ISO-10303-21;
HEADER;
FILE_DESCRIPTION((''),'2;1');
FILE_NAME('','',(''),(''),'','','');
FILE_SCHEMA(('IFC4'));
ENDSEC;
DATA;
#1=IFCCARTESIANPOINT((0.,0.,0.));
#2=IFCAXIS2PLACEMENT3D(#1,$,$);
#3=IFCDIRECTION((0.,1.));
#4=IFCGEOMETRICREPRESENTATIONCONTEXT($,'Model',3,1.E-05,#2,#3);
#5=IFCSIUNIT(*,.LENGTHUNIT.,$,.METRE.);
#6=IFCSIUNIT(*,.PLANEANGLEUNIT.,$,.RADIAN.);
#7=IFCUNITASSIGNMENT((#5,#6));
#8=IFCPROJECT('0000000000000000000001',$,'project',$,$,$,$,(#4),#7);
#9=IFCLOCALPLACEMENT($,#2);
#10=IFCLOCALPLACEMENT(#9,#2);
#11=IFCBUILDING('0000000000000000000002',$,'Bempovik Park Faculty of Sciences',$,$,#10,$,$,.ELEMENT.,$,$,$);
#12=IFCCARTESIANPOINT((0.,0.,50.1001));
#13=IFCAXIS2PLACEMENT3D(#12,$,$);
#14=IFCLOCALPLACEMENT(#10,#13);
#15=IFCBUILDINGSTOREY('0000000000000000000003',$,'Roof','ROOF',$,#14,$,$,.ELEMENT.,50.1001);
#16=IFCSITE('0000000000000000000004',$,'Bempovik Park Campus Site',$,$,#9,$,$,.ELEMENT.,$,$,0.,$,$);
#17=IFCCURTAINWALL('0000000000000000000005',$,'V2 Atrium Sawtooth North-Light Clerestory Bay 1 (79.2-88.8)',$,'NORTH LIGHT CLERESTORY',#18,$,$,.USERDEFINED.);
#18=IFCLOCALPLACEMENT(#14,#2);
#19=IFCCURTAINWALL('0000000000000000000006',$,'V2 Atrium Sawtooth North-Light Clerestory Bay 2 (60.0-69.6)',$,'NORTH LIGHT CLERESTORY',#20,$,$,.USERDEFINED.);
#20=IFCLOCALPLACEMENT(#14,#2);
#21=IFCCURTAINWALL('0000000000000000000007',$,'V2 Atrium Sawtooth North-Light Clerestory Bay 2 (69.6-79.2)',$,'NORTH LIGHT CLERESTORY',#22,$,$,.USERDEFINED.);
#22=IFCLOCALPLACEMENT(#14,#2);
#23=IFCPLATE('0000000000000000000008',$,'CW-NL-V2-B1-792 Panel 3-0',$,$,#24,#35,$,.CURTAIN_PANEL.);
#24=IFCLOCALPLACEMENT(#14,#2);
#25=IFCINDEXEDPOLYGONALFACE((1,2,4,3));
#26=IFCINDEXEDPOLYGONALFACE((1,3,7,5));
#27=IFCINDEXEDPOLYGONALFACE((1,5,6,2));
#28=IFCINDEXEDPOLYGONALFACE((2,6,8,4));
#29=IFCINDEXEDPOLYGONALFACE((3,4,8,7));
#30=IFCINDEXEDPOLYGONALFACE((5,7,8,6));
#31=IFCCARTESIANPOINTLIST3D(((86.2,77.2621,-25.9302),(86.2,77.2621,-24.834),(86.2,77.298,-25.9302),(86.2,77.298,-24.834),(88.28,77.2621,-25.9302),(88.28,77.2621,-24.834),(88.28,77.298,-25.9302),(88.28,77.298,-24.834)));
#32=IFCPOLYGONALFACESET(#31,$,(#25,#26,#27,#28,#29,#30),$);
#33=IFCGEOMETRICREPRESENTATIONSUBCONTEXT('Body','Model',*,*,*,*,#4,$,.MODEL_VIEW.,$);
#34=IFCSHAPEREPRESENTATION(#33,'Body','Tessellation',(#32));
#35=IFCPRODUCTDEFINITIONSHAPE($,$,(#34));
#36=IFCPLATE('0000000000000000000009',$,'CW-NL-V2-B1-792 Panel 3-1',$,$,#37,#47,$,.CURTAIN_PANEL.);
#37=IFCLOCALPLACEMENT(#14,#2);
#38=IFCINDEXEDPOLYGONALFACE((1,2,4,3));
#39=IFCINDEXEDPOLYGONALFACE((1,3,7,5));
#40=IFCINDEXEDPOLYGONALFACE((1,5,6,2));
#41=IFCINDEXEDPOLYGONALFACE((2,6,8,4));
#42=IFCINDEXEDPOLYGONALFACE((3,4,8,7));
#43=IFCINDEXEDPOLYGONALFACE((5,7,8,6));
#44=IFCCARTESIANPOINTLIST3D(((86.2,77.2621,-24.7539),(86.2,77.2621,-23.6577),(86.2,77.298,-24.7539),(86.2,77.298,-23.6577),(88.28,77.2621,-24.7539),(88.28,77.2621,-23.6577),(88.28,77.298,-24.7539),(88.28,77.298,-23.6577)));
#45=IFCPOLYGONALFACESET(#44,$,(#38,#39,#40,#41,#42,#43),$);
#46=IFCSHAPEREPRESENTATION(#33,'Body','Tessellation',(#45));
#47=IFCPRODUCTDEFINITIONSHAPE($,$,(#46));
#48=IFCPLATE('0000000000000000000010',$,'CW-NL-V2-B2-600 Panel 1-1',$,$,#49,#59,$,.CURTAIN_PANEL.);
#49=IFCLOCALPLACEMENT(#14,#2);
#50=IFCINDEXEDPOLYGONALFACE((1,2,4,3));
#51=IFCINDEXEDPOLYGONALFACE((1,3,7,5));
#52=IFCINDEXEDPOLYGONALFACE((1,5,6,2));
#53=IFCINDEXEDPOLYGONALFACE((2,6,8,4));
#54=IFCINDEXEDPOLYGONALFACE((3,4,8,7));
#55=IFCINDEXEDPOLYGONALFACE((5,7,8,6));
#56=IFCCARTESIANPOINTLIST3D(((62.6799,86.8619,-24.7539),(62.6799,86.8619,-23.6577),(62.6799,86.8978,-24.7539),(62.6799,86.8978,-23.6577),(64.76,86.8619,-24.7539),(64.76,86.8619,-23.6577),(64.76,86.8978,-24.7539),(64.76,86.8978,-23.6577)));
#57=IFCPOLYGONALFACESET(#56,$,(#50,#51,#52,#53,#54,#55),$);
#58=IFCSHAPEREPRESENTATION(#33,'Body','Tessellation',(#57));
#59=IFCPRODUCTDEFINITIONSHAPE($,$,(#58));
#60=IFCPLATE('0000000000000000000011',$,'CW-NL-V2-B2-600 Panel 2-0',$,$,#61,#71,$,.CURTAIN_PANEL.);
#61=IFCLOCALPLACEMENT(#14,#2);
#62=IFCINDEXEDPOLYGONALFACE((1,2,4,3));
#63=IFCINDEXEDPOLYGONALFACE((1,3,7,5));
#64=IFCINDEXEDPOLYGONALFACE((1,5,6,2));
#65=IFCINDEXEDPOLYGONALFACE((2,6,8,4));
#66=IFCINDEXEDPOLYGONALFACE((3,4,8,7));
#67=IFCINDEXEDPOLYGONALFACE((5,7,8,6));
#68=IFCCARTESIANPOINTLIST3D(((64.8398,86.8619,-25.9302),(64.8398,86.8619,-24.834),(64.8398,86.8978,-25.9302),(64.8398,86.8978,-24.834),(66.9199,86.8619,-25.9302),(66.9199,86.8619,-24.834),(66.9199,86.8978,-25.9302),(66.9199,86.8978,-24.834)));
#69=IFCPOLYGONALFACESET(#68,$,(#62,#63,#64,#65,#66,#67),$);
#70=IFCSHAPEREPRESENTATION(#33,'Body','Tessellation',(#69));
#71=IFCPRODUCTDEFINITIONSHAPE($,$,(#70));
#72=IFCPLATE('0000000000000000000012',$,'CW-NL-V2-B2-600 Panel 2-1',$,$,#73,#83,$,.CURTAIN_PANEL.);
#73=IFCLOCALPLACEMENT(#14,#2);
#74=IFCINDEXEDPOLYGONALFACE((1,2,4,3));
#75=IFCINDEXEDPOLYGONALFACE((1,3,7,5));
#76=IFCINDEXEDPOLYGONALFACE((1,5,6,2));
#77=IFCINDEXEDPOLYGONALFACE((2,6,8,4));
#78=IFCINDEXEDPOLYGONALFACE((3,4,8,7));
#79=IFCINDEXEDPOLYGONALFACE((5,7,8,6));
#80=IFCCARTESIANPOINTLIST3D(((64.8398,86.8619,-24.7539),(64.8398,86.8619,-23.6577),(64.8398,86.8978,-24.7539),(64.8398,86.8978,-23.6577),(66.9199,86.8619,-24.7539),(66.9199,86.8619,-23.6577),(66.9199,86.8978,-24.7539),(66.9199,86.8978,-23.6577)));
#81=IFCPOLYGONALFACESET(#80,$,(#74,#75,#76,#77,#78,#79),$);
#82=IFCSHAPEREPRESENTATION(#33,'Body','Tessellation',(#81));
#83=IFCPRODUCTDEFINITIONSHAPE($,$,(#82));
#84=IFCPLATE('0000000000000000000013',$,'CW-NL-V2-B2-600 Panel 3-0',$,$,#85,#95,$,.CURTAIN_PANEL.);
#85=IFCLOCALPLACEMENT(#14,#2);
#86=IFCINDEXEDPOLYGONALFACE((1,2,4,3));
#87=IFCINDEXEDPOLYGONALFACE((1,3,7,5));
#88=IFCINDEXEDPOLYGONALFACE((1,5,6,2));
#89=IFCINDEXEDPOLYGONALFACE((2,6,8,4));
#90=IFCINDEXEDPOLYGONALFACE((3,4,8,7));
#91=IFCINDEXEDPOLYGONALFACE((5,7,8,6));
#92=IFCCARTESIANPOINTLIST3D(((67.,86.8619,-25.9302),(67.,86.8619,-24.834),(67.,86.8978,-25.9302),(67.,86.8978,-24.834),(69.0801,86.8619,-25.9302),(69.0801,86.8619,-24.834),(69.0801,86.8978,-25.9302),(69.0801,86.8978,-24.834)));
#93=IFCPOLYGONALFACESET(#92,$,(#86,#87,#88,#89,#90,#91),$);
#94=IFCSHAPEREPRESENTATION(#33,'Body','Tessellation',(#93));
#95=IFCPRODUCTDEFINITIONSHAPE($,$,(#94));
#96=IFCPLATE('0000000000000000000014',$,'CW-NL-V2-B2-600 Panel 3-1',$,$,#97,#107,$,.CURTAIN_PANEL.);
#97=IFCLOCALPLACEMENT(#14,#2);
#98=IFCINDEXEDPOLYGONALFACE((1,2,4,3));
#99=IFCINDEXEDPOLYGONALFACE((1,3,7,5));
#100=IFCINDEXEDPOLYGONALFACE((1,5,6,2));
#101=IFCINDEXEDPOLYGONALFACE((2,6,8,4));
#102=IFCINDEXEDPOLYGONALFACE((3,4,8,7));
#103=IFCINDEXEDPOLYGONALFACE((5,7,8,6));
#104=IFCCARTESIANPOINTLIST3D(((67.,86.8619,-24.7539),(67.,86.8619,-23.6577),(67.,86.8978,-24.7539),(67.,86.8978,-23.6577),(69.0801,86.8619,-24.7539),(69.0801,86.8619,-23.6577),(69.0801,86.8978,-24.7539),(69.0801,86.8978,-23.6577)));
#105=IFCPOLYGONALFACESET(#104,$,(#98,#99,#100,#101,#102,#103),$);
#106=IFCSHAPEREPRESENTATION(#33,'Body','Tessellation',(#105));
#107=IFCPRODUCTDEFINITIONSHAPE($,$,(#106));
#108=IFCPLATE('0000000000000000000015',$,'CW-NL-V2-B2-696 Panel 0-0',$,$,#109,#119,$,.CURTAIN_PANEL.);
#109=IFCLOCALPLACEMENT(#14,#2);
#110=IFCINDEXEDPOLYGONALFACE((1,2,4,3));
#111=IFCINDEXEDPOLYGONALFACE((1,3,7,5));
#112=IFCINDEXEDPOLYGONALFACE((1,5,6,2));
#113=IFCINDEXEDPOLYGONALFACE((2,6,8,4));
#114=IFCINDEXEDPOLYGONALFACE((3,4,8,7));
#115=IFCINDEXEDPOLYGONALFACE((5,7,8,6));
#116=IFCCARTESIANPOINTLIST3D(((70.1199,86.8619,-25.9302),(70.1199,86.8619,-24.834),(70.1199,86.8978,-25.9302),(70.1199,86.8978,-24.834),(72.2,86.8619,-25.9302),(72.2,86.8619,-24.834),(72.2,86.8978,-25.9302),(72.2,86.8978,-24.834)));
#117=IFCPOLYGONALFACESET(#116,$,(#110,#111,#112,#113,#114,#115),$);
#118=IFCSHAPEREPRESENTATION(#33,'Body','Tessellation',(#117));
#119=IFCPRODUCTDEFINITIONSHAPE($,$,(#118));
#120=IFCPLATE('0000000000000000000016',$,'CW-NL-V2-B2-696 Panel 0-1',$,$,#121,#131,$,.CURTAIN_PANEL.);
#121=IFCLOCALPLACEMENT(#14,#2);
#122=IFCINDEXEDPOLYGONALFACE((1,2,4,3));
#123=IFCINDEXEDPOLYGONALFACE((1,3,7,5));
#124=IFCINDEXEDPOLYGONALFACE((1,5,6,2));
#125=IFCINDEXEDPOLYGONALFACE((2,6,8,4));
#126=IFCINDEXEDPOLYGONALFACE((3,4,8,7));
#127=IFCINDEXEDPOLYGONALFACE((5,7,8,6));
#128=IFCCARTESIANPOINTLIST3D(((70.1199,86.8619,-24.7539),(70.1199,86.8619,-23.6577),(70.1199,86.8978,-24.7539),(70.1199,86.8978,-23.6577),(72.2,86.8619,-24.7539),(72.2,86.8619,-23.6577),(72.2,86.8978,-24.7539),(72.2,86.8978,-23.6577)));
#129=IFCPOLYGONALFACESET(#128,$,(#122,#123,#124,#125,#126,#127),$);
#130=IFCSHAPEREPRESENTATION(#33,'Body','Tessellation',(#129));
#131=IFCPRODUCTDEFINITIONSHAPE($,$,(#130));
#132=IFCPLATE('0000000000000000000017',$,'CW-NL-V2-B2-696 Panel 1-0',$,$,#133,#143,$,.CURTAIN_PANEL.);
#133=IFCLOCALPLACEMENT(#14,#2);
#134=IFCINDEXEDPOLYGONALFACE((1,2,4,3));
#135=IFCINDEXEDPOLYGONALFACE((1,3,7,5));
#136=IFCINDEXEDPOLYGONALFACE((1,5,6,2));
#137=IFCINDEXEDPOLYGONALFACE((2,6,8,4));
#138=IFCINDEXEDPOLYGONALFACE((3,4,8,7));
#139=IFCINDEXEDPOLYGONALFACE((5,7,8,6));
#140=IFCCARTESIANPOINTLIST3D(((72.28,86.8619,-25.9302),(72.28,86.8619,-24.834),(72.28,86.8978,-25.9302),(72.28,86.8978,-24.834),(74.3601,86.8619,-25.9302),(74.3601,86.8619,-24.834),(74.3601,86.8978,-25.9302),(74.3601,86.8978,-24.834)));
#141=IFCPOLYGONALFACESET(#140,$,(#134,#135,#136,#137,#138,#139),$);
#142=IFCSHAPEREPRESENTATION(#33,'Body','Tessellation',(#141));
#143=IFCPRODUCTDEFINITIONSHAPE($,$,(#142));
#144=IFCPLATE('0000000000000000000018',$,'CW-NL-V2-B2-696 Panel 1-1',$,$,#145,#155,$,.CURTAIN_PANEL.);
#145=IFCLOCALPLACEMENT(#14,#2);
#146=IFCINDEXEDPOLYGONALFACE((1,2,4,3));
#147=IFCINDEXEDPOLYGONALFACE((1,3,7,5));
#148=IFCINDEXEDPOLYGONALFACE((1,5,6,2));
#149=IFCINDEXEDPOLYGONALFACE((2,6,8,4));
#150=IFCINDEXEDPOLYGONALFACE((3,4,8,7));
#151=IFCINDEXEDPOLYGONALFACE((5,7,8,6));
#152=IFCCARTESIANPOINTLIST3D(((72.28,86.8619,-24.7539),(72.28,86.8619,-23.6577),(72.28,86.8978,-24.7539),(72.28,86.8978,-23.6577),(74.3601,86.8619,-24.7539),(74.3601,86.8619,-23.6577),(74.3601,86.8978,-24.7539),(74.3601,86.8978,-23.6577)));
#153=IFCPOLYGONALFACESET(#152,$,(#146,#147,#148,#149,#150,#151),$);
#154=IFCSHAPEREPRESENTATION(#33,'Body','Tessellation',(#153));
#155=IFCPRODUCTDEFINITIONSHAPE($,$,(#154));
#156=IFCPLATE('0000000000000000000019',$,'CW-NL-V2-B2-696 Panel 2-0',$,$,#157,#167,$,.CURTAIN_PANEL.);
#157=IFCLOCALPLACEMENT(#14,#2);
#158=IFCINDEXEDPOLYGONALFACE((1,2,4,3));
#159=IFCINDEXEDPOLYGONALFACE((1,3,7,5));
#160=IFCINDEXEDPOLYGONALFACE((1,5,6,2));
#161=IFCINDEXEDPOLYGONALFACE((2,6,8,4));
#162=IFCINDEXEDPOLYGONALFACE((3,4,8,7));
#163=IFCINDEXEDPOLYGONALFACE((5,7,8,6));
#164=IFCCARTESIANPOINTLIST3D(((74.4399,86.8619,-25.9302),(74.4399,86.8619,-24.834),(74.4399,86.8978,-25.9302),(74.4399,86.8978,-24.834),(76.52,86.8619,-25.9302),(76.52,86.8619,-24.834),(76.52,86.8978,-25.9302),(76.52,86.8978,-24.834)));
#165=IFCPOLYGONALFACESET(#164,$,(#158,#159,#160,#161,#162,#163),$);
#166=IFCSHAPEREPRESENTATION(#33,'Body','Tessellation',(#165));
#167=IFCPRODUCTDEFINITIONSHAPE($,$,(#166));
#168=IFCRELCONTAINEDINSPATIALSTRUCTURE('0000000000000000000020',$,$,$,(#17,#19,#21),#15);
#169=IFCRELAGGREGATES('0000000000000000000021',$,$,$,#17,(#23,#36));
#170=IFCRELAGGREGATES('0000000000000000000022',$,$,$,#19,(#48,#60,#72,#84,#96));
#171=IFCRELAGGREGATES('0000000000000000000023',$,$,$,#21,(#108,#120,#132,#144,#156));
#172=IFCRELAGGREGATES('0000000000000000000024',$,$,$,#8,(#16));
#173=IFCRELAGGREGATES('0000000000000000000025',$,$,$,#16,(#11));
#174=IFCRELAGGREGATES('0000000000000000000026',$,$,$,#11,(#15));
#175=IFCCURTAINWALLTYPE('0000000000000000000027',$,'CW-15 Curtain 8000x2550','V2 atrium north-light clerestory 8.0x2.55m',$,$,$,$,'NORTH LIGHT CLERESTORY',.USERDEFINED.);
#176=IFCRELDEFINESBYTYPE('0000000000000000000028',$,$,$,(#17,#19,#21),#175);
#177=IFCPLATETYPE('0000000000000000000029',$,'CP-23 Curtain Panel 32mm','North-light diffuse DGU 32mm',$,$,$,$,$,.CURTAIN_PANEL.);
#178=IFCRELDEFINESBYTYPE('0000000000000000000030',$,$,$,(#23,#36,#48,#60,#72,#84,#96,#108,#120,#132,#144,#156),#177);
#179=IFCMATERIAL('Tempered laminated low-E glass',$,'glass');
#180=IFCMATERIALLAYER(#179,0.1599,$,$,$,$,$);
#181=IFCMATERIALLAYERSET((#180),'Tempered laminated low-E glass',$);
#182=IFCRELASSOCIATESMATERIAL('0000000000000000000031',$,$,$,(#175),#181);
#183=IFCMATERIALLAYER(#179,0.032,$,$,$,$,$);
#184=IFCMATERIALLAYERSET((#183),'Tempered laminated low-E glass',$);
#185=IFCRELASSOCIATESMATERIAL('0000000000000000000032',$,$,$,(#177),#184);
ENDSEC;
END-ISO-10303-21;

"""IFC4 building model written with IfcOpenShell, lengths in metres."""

from ifc_helpers import new_model, si_unit, direction, frame, origin, origin_2d, place, context, subcontext, project, spatial, rectangle, extrude, material, layer, layer_set, type_object, element, aggregate, save


model = new_model("IFC4")

# Units and contexts
model_context = context("Model", 3, precision=1e-05, world=origin(), true_north=direction((0.0, 1.0)))
body_context = subcontext(model_context, "Body", "Model", "MODEL_VIEW")
ifc_project = project(units=[si_unit("LENGTHUNIT", "METRE"), si_unit("PLANEANGLEUNIT", "RADIAN")], contexts=[model_context])

# Site, building, storey
site_placement = place(None, origin())
site = spatial("IfcSite", under=ifc_project, at=site_placement, Name="Bempovik Park Campus Site", CompositionType="ELEMENT", RefElevation=0.0)
building_placement = place(site_placement, origin())
building = spatial("IfcBuilding", under=site, at=building_placement, Name="Bempovik Park Faculty of Sciences", CompositionType="ELEMENT")
storey_placement = place(building_placement, frame((0.0, 0.0, 50.1001)))
storey = spatial("IfcBuildingStorey", under=building, at=storey_placement, Name="Roof", Description="ROOF", CompositionType="ELEMENT", Elevation=50.1001)

# Curtain walls
ifc_material_1 = material(Name="Tempered laminated low-E glass", Category="glass")
ifc_layer_1 = layer(ifc_material_1, 0.1599)
ifc_layer_set_1 = layer_set([ifc_layer_1], Name="Tempered laminated low-E glass")
curtain_wall_type = type_object("IfcCurtainWallType", Name="CW-15 Curtain 8000x2550", Description="V2 atrium north-light clerestory 8.0x2.55m", ElementType="NORTH LIGHT CLERESTORY", PredefinedType="USERDEFINED", material=ifc_layer_set_1)
curtain_wall_1_placement = place(storey_placement, origin())
curtain_wall_1 = element("IfcCurtainWall", 1, at=curtain_wall_1_placement, inside=storey, type_object=curtain_wall_type, Name="V2 Atrium Sawtooth North-Light Clerestory Bay 1 (79.2-88.8)", ObjectType="NORTH LIGHT CLERESTORY", PredefinedType="USERDEFINED")
curtain_wall_2_placement = place(storey_placement, origin())
curtain_wall_2 = element("IfcCurtainWall", 2, at=curtain_wall_2_placement, inside=storey, type_object=curtain_wall_type, Name="V2 Atrium Sawtooth North-Light Clerestory Bay 2 (60.0-69.6)", ObjectType="NORTH LIGHT CLERESTORY", PredefinedType="USERDEFINED")
curtain_wall_3_placement = place(storey_placement, origin())
curtain_wall_3 = element("IfcCurtainWall", 3, at=curtain_wall_3_placement, inside=storey, type_object=curtain_wall_type, Name="V2 Atrium Sawtooth North-Light Clerestory Bay 2 (69.6-79.2)", ObjectType="NORTH LIGHT CLERESTORY", PredefinedType="USERDEFINED")

# Plates
ifc_layer_2 = layer(ifc_material_1, 0.032)
ifc_layer_set_2 = layer_set([ifc_layer_2], Name="Tempered laminated low-E glass")
plate_type = type_object("IfcPlateType", Name="CP-23 Curtain Panel 32mm", Description="North-light diffuse DGU 32mm", PredefinedType="CURTAIN_PANEL", material=ifc_layer_set_2)
plate_1_placement = place(storey_placement, frame((87.24, 77.28, -25.9302), z_axis=(0.0, 0.0, 1.0), x_axis=(1.0, 0.0, 0.0)))
plate_1 = element("IfcPlate", 4, at=plate_1_placement, type_object=plate_type, Name="CW-NL-V2-B1-792 Panel 3-0", PredefinedType="CURTAIN_PANEL", context=body_context, shape_type="SweptSolid", body=[
    extrude(rectangle(XDim=2.0801, YDim=0.0359, at=origin_2d()), origin(), (0.0, 0.0, 1.0), 1.0962),
])
plate_2_placement = place(storey_placement, frame((87.24, 77.28, -24.7539), z_axis=(0.0, 0.0, 1.0), x_axis=(1.0, 0.0, 0.0)))
plate_2 = element("IfcPlate", 5, at=plate_2_placement, type_object=plate_type, Name="CW-NL-V2-B1-792 Panel 3-1", PredefinedType="CURTAIN_PANEL", context=body_context, shape_type="SweptSolid", body=[
    extrude(rectangle(XDim=2.0801, YDim=0.0359, at=origin_2d()), origin(), (0.0, 0.0, 1.0), 1.0962),
])
aggregate(curtain_wall_1, [plate_1, plate_2])
plate_3_placement = place(storey_placement, frame((63.72, 86.8799, -24.7539), z_axis=(0.0, 0.0, 1.0), x_axis=(1.0, 0.0, 0.0)))
plate_3 = element("IfcPlate", 6, at=plate_3_placement, type_object=plate_type, Name="CW-NL-V2-B2-600 Panel 1-1", PredefinedType="CURTAIN_PANEL", context=body_context, shape_type="SweptSolid", body=[
    extrude(rectangle(XDim=2.0801, YDim=0.0359, at=origin_2d()), origin(), (0.0, 0.0, 1.0), 1.0962),
])
plate_4_placement = place(storey_placement, frame((65.8799, 86.8799, -25.9302), z_axis=(0.0, 0.0, 1.0), x_axis=(1.0, 0.0, 0.0)))
plate_4 = element("IfcPlate", 7, at=plate_4_placement, type_object=plate_type, Name="CW-NL-V2-B2-600 Panel 2-0", PredefinedType="CURTAIN_PANEL", context=body_context, shape_type="SweptSolid", body=[
    extrude(rectangle(XDim=2.0801, YDim=0.0359, at=origin_2d()), origin(), (0.0, 0.0, 1.0), 1.0962),
])
plate_5_placement = place(storey_placement, frame((65.8799, 86.8799, -24.7539), z_axis=(0.0, 0.0, 1.0), x_axis=(1.0, 0.0, 0.0)))
plate_5 = element("IfcPlate", 8, at=plate_5_placement, type_object=plate_type, Name="CW-NL-V2-B2-600 Panel 2-1", PredefinedType="CURTAIN_PANEL", context=body_context, shape_type="SweptSolid", body=[
    extrude(rectangle(XDim=2.0801, YDim=0.0359, at=origin_2d()), origin(), (0.0, 0.0, 1.0), 1.0962),
])
plate_6_placement = place(storey_placement, frame((68.04, 86.8799, -25.9302), z_axis=(0.0, 0.0, 1.0), x_axis=(1.0, 0.0, 0.0)))
plate_6 = element("IfcPlate", 9, at=plate_6_placement, type_object=plate_type, Name="CW-NL-V2-B2-600 Panel 3-0", PredefinedType="CURTAIN_PANEL", context=body_context, shape_type="SweptSolid", body=[
    extrude(rectangle(XDim=2.0801, YDim=0.0359, at=origin_2d()), origin(), (0.0, 0.0, 1.0), 1.0962),
])
plate_7_placement = place(storey_placement, frame((68.04, 86.8799, -24.7539), z_axis=(0.0, 0.0, 1.0), x_axis=(1.0, 0.0, 0.0)))
plate_7 = element("IfcPlate", 10, at=plate_7_placement, type_object=plate_type, Name="CW-NL-V2-B2-600 Panel 3-1", PredefinedType="CURTAIN_PANEL", context=body_context, shape_type="SweptSolid", body=[
    extrude(rectangle(XDim=2.0801, YDim=0.0359, at=origin_2d()), origin(), (0.0, 0.0, 1.0), 1.0962),
])
aggregate(curtain_wall_2, [plate_3, plate_4, plate_5, plate_6, plate_7])
plate_8_placement = place(storey_placement, frame((71.1599, 86.8799, -25.9302), z_axis=(0.0, 0.0, 1.0), x_axis=(1.0, 0.0, 0.0)))
plate_8 = element("IfcPlate", 11, at=plate_8_placement, type_object=plate_type, Name="CW-NL-V2-B2-696 Panel 0-0", PredefinedType="CURTAIN_PANEL", context=body_context, shape_type="SweptSolid", body=[
    extrude(rectangle(XDim=2.0801, YDim=0.0359, at=origin_2d()), origin(), (0.0, 0.0, 1.0), 1.0962),
])
plate_9_placement = place(storey_placement, frame((71.1599, 86.8799, -24.7539), z_axis=(0.0, 0.0, 1.0), x_axis=(1.0, 0.0, 0.0)))
plate_9 = element("IfcPlate", 12, at=plate_9_placement, type_object=plate_type, Name="CW-NL-V2-B2-696 Panel 0-1", PredefinedType="CURTAIN_PANEL", context=body_context, shape_type="SweptSolid", body=[
    extrude(rectangle(XDim=2.0801, YDim=0.0359, at=origin_2d()), origin(), (0.0, 0.0, 1.0), 1.0962),
])
plate_10_placement = place(storey_placement, frame((73.3201, 86.8799, -25.9302), z_axis=(0.0, 0.0, 1.0), x_axis=(1.0, 0.0, 0.0)))
plate_10 = element("IfcPlate", 13, at=plate_10_placement, type_object=plate_type, Name="CW-NL-V2-B2-696 Panel 1-0", PredefinedType="CURTAIN_PANEL", context=body_context, shape_type="SweptSolid", body=[
    extrude(rectangle(XDim=2.0801, YDim=0.0359, at=origin_2d()), origin(), (0.0, 0.0, 1.0), 1.0962),
])
plate_11_placement = place(storey_placement, frame((73.3201, 86.8799, -24.7539), z_axis=(0.0, 0.0, 1.0), x_axis=(1.0, 0.0, 0.0)))
plate_11 = element("IfcPlate", 14, at=plate_11_placement, type_object=plate_type, Name="CW-NL-V2-B2-696 Panel 1-1", PredefinedType="CURTAIN_PANEL", context=body_context, shape_type="SweptSolid", body=[
    extrude(rectangle(XDim=2.0801, YDim=0.0359, at=origin_2d()), origin(), (0.0, 0.0, 1.0), 1.0962),
])
plate_12_placement = place(storey_placement, frame((75.48, 86.8799, -25.9302), z_axis=(0.0, 0.0, 1.0), x_axis=(1.0, 0.0, 0.0)))
plate_12 = element("IfcPlate", 15, at=plate_12_placement, type_object=plate_type, Name="CW-NL-V2-B2-696 Panel 2-0", PredefinedType="CURTAIN_PANEL", context=body_context, shape_type="SweptSolid", body=[
    extrude(rectangle(XDim=2.0801, YDim=0.0359, at=origin_2d()), origin(), (0.0, 0.0, 1.0), 1.0962),
])
aggregate(curtain_wall_3, [plate_8, plate_9, plate_10, plate_11, plate_12])

save(model, "model.ifc")
